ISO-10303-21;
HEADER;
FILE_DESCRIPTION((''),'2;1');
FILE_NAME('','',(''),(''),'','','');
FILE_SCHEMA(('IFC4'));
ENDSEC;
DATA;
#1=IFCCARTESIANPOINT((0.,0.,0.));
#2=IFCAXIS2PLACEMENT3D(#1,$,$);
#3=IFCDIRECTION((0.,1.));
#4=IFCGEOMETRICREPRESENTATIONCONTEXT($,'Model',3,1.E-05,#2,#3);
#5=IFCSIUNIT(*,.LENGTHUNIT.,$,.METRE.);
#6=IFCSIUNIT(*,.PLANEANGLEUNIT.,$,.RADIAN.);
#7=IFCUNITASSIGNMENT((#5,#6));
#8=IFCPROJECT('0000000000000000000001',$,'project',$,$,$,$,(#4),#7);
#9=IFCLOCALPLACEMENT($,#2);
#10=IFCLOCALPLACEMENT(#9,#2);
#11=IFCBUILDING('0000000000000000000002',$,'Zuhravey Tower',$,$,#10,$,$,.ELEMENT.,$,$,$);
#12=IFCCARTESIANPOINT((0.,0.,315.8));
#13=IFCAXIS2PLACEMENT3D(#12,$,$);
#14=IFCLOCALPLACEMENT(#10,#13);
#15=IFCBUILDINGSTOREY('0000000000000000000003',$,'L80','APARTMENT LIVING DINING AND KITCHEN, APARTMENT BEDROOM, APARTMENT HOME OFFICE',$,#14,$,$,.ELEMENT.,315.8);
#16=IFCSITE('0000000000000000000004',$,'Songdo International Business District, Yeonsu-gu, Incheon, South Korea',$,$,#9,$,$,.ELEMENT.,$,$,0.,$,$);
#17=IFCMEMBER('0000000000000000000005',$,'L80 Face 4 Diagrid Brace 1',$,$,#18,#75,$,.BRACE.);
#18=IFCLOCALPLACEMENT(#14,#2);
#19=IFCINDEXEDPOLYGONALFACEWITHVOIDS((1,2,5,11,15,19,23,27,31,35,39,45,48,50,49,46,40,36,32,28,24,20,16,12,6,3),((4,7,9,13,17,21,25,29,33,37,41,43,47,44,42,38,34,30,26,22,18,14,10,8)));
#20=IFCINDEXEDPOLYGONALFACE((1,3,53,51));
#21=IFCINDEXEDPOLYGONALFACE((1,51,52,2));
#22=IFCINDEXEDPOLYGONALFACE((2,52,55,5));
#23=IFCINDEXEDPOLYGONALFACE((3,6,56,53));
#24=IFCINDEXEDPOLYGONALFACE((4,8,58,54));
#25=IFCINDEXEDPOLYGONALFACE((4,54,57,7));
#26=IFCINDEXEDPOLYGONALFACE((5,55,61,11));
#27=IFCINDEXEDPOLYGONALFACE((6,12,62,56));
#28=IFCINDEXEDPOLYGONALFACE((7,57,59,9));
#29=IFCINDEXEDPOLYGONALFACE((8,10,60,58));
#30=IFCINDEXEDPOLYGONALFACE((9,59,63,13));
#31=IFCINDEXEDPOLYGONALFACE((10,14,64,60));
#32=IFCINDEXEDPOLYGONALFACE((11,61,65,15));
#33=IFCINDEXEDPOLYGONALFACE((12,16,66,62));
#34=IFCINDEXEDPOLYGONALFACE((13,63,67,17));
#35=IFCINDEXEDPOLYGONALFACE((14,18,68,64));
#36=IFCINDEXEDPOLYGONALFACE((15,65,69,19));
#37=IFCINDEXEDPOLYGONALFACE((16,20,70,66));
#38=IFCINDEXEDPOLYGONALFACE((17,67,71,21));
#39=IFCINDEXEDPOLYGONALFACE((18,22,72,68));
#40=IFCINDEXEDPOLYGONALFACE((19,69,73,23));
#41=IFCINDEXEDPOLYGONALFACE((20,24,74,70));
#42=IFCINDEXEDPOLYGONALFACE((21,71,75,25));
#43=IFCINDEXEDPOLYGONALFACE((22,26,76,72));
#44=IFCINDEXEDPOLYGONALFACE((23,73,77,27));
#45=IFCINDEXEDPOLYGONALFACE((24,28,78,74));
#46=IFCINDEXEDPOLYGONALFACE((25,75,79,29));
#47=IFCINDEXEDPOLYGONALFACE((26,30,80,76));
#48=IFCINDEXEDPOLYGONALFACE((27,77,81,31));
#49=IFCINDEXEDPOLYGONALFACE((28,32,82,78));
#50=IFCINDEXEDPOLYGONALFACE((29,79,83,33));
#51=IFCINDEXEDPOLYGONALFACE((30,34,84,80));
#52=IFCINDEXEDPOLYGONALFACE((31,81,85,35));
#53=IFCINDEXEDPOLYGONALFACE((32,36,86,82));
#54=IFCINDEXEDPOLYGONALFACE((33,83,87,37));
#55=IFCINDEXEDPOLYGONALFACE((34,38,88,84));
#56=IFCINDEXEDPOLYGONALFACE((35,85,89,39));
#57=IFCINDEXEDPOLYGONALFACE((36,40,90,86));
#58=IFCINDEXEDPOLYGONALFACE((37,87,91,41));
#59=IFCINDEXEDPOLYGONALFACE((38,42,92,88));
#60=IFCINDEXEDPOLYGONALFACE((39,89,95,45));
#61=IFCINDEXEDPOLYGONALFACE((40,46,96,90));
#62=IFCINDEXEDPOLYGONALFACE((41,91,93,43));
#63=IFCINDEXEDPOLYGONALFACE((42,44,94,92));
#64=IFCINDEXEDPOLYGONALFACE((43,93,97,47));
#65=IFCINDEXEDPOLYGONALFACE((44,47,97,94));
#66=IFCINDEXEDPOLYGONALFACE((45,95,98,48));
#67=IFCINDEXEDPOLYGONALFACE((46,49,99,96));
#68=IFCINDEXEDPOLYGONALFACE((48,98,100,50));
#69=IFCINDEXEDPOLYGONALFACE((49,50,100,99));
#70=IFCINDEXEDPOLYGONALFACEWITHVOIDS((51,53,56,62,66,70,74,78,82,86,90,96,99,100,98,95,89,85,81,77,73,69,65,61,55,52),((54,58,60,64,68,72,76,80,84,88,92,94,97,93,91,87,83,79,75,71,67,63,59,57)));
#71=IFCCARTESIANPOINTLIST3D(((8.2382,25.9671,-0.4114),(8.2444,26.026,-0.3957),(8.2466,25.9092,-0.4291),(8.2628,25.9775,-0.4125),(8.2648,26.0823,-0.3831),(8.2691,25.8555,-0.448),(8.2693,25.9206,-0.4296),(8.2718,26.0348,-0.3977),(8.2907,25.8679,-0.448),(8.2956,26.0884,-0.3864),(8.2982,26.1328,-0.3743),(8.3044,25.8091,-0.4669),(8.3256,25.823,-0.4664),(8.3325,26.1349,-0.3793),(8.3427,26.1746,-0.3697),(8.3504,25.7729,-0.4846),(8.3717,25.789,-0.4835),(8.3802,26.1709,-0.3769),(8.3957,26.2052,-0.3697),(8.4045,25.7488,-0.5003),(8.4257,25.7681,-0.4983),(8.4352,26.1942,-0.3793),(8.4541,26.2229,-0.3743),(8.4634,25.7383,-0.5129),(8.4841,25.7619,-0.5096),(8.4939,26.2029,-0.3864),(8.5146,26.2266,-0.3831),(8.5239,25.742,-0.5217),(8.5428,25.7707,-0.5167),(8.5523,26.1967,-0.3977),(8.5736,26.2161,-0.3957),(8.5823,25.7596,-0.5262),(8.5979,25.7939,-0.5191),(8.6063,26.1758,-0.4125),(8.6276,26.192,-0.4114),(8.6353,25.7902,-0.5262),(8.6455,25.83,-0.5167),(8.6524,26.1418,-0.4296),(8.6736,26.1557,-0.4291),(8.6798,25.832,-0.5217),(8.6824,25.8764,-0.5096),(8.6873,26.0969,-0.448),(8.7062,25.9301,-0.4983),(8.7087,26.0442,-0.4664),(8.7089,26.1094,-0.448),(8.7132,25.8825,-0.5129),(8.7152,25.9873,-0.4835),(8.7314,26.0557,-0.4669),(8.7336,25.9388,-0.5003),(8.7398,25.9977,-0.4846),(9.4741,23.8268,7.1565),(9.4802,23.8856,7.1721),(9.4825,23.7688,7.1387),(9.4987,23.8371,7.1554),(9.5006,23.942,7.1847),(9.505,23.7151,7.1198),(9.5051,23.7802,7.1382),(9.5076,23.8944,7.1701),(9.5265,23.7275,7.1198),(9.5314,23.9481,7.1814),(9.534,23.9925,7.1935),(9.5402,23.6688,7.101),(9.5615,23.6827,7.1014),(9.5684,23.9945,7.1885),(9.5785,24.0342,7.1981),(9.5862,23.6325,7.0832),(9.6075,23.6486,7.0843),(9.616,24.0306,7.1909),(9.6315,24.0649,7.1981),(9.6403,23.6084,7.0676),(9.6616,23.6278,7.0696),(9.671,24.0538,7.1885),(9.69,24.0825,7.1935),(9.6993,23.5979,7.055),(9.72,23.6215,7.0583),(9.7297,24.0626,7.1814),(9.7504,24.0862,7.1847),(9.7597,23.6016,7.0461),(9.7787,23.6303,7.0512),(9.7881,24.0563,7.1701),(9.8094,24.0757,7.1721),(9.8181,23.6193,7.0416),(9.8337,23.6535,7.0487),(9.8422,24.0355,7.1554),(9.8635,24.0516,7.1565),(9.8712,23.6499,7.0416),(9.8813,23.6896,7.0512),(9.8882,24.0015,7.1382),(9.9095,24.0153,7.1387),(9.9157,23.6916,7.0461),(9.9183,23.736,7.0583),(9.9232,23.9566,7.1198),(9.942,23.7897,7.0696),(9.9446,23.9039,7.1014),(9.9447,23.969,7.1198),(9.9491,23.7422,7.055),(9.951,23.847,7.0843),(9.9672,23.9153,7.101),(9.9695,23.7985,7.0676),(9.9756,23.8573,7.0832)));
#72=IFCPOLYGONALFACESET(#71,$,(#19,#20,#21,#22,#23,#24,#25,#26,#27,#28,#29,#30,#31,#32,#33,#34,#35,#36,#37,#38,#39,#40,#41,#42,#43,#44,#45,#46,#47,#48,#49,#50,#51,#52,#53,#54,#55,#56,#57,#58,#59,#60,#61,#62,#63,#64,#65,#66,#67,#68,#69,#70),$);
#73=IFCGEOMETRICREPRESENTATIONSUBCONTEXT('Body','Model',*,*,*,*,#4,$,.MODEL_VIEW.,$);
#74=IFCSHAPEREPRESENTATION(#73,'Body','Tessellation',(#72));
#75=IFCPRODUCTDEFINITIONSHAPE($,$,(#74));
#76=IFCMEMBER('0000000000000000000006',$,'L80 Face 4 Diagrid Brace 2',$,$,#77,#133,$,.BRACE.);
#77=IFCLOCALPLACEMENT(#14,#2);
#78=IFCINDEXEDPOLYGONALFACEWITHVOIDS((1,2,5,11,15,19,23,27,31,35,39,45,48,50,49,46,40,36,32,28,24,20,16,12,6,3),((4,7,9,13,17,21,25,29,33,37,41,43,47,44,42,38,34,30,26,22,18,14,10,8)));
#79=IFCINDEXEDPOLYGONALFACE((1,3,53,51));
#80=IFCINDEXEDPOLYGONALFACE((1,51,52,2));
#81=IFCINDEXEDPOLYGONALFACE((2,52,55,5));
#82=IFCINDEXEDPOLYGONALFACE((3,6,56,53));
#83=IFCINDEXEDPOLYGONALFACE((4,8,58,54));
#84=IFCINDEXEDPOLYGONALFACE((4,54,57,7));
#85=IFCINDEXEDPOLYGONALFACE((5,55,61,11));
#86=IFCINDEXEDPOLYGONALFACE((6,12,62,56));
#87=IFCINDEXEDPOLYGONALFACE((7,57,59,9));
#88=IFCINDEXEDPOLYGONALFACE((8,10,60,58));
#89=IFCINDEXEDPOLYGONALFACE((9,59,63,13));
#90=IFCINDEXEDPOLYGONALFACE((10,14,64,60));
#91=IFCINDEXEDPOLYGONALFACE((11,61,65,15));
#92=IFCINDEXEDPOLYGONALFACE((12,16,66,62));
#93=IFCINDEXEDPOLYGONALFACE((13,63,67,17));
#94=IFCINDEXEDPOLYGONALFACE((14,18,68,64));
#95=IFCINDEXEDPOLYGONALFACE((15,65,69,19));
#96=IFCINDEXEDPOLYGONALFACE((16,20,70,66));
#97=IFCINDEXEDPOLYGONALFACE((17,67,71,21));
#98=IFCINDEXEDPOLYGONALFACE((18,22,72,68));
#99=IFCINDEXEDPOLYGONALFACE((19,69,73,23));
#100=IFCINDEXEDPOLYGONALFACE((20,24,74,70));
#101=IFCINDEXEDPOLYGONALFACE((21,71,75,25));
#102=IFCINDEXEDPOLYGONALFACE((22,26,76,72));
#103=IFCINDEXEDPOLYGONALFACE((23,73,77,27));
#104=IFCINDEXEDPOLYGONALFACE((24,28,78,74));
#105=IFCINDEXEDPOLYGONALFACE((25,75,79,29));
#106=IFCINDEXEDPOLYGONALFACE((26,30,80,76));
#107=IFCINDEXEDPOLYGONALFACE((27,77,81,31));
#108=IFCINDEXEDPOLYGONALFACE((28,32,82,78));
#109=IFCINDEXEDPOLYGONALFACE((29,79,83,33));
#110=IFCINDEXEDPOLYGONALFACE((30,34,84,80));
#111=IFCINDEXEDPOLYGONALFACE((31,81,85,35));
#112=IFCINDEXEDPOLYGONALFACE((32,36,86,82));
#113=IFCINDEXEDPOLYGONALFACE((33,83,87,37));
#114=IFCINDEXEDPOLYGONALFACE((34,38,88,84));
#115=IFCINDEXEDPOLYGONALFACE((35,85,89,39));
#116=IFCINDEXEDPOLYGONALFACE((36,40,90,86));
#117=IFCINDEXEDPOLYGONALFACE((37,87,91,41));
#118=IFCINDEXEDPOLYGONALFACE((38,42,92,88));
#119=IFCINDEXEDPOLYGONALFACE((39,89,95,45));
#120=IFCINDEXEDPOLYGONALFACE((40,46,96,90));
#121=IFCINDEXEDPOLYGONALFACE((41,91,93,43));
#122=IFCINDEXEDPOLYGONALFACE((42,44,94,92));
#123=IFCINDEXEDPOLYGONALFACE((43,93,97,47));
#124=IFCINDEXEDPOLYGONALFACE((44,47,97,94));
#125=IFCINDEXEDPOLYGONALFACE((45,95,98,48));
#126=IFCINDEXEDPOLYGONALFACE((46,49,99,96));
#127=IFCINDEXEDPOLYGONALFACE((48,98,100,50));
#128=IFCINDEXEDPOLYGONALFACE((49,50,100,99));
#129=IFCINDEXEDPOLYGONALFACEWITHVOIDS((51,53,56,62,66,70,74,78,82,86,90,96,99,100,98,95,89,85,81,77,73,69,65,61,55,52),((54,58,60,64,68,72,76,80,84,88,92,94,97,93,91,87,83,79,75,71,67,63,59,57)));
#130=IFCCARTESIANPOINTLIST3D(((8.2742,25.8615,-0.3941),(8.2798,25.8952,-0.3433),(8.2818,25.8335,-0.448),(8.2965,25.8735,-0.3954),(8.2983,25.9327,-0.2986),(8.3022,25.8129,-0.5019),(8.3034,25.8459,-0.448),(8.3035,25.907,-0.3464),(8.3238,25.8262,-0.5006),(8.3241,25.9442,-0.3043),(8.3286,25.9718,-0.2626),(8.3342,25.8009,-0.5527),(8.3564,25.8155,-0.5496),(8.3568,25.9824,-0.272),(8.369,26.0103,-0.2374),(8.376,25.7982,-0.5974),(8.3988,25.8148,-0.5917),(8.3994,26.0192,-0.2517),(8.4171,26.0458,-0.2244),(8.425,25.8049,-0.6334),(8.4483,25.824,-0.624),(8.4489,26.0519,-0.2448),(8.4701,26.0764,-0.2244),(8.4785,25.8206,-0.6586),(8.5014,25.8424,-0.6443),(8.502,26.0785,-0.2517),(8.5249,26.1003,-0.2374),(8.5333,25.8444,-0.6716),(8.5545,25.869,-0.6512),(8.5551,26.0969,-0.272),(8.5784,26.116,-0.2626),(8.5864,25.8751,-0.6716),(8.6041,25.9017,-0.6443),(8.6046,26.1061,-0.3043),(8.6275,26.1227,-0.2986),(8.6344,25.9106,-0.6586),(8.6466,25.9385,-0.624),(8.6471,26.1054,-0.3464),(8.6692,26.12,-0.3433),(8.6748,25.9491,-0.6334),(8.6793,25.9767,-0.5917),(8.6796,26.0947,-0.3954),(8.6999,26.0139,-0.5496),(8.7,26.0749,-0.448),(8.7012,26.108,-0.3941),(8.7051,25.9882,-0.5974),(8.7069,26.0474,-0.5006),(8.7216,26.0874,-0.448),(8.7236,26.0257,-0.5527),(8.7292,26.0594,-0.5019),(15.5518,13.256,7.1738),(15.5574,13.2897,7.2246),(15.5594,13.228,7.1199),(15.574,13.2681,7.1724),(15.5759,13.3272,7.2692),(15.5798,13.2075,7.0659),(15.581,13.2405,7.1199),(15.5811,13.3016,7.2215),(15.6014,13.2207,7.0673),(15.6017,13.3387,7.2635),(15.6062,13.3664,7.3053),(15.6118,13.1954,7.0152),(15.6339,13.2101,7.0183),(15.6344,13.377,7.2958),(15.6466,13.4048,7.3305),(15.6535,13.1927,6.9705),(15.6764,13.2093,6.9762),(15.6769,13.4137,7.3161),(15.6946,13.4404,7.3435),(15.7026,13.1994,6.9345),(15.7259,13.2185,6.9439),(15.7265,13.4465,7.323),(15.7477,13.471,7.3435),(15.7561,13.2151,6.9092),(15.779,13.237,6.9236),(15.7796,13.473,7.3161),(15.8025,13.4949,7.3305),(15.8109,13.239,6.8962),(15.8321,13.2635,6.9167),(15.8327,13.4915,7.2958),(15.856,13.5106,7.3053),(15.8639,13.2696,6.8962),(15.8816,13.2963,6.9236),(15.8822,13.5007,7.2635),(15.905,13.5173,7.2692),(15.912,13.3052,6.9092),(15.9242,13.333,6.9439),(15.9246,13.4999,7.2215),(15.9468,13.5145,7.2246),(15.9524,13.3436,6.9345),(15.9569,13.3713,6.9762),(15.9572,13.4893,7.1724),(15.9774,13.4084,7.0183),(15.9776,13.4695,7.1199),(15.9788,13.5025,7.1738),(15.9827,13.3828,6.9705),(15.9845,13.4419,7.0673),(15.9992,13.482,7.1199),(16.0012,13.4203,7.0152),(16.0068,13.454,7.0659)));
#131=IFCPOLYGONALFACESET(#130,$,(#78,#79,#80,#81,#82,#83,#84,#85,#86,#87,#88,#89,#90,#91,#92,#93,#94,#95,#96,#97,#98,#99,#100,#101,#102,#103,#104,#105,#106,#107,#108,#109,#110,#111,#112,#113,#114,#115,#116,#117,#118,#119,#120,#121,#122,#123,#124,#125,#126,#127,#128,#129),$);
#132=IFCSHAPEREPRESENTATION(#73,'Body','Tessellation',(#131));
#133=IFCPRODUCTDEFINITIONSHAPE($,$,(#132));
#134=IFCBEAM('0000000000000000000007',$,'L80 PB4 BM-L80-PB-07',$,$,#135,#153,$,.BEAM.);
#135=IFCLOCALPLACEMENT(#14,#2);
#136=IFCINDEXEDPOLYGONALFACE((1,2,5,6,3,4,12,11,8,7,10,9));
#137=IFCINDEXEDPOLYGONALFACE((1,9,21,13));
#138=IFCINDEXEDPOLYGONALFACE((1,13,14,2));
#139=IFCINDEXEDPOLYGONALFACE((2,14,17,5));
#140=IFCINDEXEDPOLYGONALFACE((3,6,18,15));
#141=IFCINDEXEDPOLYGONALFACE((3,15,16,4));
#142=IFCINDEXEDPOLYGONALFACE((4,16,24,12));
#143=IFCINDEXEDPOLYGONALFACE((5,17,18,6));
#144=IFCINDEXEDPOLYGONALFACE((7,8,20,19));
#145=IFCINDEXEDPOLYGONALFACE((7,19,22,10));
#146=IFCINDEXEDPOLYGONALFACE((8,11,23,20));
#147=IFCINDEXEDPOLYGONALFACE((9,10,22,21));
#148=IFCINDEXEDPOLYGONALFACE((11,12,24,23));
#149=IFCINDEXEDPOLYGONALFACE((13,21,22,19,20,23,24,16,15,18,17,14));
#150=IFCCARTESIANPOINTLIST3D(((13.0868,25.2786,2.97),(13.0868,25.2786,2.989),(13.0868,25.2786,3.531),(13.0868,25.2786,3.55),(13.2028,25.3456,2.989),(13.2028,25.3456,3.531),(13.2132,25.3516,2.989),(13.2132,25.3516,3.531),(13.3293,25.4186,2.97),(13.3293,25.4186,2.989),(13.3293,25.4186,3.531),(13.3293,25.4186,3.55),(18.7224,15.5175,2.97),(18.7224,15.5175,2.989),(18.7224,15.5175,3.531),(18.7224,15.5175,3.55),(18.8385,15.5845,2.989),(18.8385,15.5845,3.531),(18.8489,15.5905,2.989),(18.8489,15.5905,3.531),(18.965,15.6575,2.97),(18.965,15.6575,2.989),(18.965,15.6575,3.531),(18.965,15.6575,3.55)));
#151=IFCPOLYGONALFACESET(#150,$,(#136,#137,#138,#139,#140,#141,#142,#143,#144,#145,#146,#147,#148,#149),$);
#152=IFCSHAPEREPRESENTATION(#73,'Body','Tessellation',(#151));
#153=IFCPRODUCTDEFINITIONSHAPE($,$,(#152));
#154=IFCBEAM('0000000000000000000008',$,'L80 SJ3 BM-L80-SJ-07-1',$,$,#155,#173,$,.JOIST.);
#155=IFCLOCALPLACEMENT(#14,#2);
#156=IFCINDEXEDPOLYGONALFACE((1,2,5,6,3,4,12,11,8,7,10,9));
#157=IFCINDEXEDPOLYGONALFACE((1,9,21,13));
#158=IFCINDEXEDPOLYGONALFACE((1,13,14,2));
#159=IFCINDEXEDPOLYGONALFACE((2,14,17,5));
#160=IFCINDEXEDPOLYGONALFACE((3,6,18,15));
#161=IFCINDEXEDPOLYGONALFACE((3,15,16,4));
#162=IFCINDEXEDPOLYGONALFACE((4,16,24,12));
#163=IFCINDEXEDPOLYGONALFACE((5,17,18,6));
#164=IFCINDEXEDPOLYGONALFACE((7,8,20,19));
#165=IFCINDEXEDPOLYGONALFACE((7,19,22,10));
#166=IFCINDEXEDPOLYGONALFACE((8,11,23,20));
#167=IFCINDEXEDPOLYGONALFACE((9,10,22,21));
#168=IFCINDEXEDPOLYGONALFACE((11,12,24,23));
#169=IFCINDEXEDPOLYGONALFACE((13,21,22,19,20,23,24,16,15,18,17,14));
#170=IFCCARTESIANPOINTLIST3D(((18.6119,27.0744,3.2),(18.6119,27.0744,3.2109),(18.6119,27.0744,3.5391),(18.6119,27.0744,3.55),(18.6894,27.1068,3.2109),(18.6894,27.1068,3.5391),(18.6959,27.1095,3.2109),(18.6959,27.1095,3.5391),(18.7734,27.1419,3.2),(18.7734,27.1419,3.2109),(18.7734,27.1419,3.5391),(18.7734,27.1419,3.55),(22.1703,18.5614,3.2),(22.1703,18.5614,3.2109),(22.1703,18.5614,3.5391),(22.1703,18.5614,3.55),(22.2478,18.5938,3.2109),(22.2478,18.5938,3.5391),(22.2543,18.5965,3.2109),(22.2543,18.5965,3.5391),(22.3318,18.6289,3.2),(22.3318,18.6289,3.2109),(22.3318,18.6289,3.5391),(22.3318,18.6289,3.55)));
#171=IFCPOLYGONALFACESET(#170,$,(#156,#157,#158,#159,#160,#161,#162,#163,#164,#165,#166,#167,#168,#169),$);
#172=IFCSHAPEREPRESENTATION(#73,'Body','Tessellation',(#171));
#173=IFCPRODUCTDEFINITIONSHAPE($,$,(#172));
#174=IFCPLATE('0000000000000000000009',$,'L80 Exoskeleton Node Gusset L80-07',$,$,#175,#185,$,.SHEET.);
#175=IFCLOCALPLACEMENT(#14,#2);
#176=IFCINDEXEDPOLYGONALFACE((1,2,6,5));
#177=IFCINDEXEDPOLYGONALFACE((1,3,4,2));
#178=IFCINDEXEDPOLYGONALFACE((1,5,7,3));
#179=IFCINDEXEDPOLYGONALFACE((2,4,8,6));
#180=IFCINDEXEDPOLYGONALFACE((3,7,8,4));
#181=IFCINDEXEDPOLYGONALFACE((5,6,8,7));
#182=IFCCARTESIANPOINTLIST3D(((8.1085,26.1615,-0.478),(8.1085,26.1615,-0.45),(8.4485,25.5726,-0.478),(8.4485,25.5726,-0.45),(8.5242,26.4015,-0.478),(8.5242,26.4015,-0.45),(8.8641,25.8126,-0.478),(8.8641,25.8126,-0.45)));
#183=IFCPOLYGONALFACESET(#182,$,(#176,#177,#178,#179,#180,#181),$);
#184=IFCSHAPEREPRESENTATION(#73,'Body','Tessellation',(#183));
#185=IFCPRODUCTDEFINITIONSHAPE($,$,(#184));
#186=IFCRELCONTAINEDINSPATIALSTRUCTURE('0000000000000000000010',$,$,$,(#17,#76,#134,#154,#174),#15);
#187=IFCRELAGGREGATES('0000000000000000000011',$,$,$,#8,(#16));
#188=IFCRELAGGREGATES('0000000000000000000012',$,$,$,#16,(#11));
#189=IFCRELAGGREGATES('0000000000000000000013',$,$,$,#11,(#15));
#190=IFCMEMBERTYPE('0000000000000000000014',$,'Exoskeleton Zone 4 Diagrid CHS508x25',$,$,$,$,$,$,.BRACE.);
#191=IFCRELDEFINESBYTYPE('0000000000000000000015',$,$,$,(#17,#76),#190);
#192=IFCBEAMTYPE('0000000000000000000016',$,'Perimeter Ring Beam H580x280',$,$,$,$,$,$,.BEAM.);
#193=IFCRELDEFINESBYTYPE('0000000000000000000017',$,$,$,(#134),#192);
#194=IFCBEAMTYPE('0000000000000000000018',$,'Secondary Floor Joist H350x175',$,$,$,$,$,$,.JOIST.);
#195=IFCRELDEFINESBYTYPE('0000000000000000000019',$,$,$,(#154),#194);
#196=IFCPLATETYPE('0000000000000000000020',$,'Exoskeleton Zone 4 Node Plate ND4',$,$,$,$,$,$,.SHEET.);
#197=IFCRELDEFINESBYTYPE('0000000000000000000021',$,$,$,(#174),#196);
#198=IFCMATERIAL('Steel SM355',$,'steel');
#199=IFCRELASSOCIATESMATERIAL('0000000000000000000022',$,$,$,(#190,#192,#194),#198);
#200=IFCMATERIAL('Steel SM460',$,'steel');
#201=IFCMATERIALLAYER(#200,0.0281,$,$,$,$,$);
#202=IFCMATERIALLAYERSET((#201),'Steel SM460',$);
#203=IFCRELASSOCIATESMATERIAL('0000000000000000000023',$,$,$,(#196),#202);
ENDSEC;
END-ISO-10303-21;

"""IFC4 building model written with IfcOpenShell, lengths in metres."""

from ifc_helpers import new_model, si_unit, direction, frame, origin, origin_2d, place, context, subcontext, project, spatial, rectangle, hollow_circle, i_section, extrude, material, layer, layer_set, material_profile, profile_set, type_object, element, save


model = new_model("IFC4")

# Units and contexts
model_context = context("Model", 3, precision=1e-05, world=origin(), true_north=direction((0.0, 1.0)))
body_context = subcontext(model_context, "Body", "Model", "MODEL_VIEW")
ifc_project = project(units=[si_unit("LENGTHUNIT", "METRE"), si_unit("PLANEANGLEUNIT", "RADIAN")], contexts=[model_context])

# Site, building, storey
site_placement = place(None, origin())
site = spatial("IfcSite", under=ifc_project, at=site_placement, Name="Songdo International Business District, Yeonsu-gu, Incheon, South Korea", CompositionType="ELEMENT", RefElevation=0.0)
building_placement = place(site_placement, origin())
building = spatial("IfcBuilding", under=site, at=building_placement, Name="Zuhravey Tower", CompositionType="ELEMENT")
storey_placement = place(building_placement, frame((0.0, 0.0, 315.8)))
storey = spatial("IfcBuildingStorey", under=building, at=storey_placement, Name="L80", Description="APARTMENT LIVING DINING AND KITCHEN, APARTMENT BEDROOM, APARTMENT HOME OFFICE", CompositionType="ELEMENT", Elevation=315.8)

# Members
ifc_material_1 = material(Name="Steel SM355", Category="steel")
ifc_material_profile_1 = material_profile(ifc_material_1, hollow_circle(Radius=0.2539, WallThickness=0.0249, at=origin_2d()), Name="CHS-508.0x25")
ifc_profile_set_1 = profile_set([ifc_material_profile_1], Name="Steel SM355")
member_type_1 = type_object("IfcMemberType", Name="Exoskeleton Zone 4 Diagrid CHS508x25", PredefinedType="BRACE", material=ifc_profile_set_1)
member_1_placement = place(storey_placement, frame((8.489, 25.9824, -0.448), z_axis=(0.155232, -0.26885, 0.950591), x_axis=(0.86601, 0.500027, 0.0)))
element("IfcMember", 1, at=member_1_placement, inside=storey, type_object=member_type_1, Name="L80 Face 4 Diagrid Brace 1", PredefinedType="BRACE", context=body_context, shape_type="SweptSolid", body=[
    extrude(hollow_circle(Radius=0.2539, WallThickness=0.0249, at=origin_2d()), origin(), (0.0, 0.0, 1.0), 7.9612),
])
member_2_placement = place(storey_placement, frame((8.5017, 25.9604, -0.448), z_axis=(0.443612, -0.768378, 0.461307), x_axis=(0.866031, 0.499991, 0.0)))
element("IfcMember", 2, at=member_2_placement, inside=storey, type_object=member_type_1, Name="L80 Face 4 Diagrid Brace 2", PredefinedType="BRACE", context=body_context, shape_type="SweptSolid", body=[
    extrude(hollow_circle(Radius=0.2539, WallThickness=0.0249, at=origin_2d()), origin(), (0.0, 0.0, 1.0), 16.4053),
])

# Beams
ifc_material_profile_2 = material_profile(ifc_material_1, i_section(OverallWidth=0.28, OverallDepth=0.5801, WebThickness=0.012, FlangeThickness=0.019, at=origin_2d()), Name="H-580x280x12x19")
ifc_profile_set_2 = profile_set([ifc_material_profile_2], Name="Steel SM355")
beam_type_1 = type_object("IfcBeamType", Name="Perimeter Ring Beam H580x280", PredefinedType="BEAM", material=ifc_profile_set_2)
beam_1_placement = place(storey_placement, frame((13.208, 25.3486, 3.26), z_axis=(0.500006, -0.866022, 0.0), x_axis=(0.866022, 0.500006, 0.0)))
element("IfcBeam", 3, at=beam_1_placement, inside=storey, type_object=beam_type_1, Name="L80 PB4 BM-L80-PB-07", PredefinedType="BEAM", context=body_context, shape_type="SweptSolid", body=[
    extrude(i_section(OverallWidth=0.28, OverallDepth=0.5801, WebThickness=0.012, FlangeThickness=0.019, at=origin_2d()), origin(), (0.0, 0.0, 1.0), 11.2712),
])
ifc_material_profile_3 = material_profile(ifc_material_1, i_section(OverallWidth=0.175, OverallDepth=0.3501, WebThickness=0.0071, FlangeThickness=0.011, at=origin_2d()), Name="H-350x175x7x11")
ifc_profile_set_3 = profile_set([ifc_material_profile_3], Name="Steel SM355")
beam_type_2 = type_object("IfcBeamType", Name="Secondary Floor Joist H350x175", PredefinedType="JOIST", material=ifc_profile_set_3)
beam_2_placement = place(storey_placement, frame((18.6926, 27.1082, 3.375), z_axis=(0.385658, -0.922642, 0.0), x_axis=(0.922642, 0.385658, 0.0)))
element("IfcBeam", 4, at=beam_2_placement, inside=storey, type_object=beam_type_2, Name="L80 SJ3 BM-L80-SJ-07-1", PredefinedType="JOIST", context=body_context, shape_type="SweptSolid", body=[
    extrude(i_section(OverallWidth=0.175, OverallDepth=0.3501, WebThickness=0.0071, FlangeThickness=0.011, at=origin_2d()), origin(), (0.0, 0.0, 1.0), 9.2268),
])

# Plate
ifc_material_2 = material(Name="Steel SM460", Category="steel")
ifc_layer_1 = layer(ifc_material_2, 0.0281)
ifc_layer_set_1 = layer_set([ifc_layer_1], Name="Steel SM460")
plate_type_1 = type_object("IfcPlateType", Name="Exoskeleton Zone 4 Node Plate ND4", PredefinedType="SHEET", material=ifc_layer_set_1)
plate_1_placement = place(storey_placement, frame((8.4863, 25.9871, -0.478), z_axis=(0.0, 0.0, 1.0), x_axis=(0.5, -0.866025, 0.0)))
element("IfcPlate", 5, at=plate_1_placement, inside=storey, type_object=plate_type_1, Name="L80 Exoskeleton Node Gusset L80-07", PredefinedType="SHEET", context=body_context, shape_type="SweptSolid", body=[
    extrude(rectangle(XDim=0.6799, YDim=0.48, at=origin_2d()), origin(), (0.0, 0.0, 1.0), 0.0281),
])

save(model, "model.ifc")
